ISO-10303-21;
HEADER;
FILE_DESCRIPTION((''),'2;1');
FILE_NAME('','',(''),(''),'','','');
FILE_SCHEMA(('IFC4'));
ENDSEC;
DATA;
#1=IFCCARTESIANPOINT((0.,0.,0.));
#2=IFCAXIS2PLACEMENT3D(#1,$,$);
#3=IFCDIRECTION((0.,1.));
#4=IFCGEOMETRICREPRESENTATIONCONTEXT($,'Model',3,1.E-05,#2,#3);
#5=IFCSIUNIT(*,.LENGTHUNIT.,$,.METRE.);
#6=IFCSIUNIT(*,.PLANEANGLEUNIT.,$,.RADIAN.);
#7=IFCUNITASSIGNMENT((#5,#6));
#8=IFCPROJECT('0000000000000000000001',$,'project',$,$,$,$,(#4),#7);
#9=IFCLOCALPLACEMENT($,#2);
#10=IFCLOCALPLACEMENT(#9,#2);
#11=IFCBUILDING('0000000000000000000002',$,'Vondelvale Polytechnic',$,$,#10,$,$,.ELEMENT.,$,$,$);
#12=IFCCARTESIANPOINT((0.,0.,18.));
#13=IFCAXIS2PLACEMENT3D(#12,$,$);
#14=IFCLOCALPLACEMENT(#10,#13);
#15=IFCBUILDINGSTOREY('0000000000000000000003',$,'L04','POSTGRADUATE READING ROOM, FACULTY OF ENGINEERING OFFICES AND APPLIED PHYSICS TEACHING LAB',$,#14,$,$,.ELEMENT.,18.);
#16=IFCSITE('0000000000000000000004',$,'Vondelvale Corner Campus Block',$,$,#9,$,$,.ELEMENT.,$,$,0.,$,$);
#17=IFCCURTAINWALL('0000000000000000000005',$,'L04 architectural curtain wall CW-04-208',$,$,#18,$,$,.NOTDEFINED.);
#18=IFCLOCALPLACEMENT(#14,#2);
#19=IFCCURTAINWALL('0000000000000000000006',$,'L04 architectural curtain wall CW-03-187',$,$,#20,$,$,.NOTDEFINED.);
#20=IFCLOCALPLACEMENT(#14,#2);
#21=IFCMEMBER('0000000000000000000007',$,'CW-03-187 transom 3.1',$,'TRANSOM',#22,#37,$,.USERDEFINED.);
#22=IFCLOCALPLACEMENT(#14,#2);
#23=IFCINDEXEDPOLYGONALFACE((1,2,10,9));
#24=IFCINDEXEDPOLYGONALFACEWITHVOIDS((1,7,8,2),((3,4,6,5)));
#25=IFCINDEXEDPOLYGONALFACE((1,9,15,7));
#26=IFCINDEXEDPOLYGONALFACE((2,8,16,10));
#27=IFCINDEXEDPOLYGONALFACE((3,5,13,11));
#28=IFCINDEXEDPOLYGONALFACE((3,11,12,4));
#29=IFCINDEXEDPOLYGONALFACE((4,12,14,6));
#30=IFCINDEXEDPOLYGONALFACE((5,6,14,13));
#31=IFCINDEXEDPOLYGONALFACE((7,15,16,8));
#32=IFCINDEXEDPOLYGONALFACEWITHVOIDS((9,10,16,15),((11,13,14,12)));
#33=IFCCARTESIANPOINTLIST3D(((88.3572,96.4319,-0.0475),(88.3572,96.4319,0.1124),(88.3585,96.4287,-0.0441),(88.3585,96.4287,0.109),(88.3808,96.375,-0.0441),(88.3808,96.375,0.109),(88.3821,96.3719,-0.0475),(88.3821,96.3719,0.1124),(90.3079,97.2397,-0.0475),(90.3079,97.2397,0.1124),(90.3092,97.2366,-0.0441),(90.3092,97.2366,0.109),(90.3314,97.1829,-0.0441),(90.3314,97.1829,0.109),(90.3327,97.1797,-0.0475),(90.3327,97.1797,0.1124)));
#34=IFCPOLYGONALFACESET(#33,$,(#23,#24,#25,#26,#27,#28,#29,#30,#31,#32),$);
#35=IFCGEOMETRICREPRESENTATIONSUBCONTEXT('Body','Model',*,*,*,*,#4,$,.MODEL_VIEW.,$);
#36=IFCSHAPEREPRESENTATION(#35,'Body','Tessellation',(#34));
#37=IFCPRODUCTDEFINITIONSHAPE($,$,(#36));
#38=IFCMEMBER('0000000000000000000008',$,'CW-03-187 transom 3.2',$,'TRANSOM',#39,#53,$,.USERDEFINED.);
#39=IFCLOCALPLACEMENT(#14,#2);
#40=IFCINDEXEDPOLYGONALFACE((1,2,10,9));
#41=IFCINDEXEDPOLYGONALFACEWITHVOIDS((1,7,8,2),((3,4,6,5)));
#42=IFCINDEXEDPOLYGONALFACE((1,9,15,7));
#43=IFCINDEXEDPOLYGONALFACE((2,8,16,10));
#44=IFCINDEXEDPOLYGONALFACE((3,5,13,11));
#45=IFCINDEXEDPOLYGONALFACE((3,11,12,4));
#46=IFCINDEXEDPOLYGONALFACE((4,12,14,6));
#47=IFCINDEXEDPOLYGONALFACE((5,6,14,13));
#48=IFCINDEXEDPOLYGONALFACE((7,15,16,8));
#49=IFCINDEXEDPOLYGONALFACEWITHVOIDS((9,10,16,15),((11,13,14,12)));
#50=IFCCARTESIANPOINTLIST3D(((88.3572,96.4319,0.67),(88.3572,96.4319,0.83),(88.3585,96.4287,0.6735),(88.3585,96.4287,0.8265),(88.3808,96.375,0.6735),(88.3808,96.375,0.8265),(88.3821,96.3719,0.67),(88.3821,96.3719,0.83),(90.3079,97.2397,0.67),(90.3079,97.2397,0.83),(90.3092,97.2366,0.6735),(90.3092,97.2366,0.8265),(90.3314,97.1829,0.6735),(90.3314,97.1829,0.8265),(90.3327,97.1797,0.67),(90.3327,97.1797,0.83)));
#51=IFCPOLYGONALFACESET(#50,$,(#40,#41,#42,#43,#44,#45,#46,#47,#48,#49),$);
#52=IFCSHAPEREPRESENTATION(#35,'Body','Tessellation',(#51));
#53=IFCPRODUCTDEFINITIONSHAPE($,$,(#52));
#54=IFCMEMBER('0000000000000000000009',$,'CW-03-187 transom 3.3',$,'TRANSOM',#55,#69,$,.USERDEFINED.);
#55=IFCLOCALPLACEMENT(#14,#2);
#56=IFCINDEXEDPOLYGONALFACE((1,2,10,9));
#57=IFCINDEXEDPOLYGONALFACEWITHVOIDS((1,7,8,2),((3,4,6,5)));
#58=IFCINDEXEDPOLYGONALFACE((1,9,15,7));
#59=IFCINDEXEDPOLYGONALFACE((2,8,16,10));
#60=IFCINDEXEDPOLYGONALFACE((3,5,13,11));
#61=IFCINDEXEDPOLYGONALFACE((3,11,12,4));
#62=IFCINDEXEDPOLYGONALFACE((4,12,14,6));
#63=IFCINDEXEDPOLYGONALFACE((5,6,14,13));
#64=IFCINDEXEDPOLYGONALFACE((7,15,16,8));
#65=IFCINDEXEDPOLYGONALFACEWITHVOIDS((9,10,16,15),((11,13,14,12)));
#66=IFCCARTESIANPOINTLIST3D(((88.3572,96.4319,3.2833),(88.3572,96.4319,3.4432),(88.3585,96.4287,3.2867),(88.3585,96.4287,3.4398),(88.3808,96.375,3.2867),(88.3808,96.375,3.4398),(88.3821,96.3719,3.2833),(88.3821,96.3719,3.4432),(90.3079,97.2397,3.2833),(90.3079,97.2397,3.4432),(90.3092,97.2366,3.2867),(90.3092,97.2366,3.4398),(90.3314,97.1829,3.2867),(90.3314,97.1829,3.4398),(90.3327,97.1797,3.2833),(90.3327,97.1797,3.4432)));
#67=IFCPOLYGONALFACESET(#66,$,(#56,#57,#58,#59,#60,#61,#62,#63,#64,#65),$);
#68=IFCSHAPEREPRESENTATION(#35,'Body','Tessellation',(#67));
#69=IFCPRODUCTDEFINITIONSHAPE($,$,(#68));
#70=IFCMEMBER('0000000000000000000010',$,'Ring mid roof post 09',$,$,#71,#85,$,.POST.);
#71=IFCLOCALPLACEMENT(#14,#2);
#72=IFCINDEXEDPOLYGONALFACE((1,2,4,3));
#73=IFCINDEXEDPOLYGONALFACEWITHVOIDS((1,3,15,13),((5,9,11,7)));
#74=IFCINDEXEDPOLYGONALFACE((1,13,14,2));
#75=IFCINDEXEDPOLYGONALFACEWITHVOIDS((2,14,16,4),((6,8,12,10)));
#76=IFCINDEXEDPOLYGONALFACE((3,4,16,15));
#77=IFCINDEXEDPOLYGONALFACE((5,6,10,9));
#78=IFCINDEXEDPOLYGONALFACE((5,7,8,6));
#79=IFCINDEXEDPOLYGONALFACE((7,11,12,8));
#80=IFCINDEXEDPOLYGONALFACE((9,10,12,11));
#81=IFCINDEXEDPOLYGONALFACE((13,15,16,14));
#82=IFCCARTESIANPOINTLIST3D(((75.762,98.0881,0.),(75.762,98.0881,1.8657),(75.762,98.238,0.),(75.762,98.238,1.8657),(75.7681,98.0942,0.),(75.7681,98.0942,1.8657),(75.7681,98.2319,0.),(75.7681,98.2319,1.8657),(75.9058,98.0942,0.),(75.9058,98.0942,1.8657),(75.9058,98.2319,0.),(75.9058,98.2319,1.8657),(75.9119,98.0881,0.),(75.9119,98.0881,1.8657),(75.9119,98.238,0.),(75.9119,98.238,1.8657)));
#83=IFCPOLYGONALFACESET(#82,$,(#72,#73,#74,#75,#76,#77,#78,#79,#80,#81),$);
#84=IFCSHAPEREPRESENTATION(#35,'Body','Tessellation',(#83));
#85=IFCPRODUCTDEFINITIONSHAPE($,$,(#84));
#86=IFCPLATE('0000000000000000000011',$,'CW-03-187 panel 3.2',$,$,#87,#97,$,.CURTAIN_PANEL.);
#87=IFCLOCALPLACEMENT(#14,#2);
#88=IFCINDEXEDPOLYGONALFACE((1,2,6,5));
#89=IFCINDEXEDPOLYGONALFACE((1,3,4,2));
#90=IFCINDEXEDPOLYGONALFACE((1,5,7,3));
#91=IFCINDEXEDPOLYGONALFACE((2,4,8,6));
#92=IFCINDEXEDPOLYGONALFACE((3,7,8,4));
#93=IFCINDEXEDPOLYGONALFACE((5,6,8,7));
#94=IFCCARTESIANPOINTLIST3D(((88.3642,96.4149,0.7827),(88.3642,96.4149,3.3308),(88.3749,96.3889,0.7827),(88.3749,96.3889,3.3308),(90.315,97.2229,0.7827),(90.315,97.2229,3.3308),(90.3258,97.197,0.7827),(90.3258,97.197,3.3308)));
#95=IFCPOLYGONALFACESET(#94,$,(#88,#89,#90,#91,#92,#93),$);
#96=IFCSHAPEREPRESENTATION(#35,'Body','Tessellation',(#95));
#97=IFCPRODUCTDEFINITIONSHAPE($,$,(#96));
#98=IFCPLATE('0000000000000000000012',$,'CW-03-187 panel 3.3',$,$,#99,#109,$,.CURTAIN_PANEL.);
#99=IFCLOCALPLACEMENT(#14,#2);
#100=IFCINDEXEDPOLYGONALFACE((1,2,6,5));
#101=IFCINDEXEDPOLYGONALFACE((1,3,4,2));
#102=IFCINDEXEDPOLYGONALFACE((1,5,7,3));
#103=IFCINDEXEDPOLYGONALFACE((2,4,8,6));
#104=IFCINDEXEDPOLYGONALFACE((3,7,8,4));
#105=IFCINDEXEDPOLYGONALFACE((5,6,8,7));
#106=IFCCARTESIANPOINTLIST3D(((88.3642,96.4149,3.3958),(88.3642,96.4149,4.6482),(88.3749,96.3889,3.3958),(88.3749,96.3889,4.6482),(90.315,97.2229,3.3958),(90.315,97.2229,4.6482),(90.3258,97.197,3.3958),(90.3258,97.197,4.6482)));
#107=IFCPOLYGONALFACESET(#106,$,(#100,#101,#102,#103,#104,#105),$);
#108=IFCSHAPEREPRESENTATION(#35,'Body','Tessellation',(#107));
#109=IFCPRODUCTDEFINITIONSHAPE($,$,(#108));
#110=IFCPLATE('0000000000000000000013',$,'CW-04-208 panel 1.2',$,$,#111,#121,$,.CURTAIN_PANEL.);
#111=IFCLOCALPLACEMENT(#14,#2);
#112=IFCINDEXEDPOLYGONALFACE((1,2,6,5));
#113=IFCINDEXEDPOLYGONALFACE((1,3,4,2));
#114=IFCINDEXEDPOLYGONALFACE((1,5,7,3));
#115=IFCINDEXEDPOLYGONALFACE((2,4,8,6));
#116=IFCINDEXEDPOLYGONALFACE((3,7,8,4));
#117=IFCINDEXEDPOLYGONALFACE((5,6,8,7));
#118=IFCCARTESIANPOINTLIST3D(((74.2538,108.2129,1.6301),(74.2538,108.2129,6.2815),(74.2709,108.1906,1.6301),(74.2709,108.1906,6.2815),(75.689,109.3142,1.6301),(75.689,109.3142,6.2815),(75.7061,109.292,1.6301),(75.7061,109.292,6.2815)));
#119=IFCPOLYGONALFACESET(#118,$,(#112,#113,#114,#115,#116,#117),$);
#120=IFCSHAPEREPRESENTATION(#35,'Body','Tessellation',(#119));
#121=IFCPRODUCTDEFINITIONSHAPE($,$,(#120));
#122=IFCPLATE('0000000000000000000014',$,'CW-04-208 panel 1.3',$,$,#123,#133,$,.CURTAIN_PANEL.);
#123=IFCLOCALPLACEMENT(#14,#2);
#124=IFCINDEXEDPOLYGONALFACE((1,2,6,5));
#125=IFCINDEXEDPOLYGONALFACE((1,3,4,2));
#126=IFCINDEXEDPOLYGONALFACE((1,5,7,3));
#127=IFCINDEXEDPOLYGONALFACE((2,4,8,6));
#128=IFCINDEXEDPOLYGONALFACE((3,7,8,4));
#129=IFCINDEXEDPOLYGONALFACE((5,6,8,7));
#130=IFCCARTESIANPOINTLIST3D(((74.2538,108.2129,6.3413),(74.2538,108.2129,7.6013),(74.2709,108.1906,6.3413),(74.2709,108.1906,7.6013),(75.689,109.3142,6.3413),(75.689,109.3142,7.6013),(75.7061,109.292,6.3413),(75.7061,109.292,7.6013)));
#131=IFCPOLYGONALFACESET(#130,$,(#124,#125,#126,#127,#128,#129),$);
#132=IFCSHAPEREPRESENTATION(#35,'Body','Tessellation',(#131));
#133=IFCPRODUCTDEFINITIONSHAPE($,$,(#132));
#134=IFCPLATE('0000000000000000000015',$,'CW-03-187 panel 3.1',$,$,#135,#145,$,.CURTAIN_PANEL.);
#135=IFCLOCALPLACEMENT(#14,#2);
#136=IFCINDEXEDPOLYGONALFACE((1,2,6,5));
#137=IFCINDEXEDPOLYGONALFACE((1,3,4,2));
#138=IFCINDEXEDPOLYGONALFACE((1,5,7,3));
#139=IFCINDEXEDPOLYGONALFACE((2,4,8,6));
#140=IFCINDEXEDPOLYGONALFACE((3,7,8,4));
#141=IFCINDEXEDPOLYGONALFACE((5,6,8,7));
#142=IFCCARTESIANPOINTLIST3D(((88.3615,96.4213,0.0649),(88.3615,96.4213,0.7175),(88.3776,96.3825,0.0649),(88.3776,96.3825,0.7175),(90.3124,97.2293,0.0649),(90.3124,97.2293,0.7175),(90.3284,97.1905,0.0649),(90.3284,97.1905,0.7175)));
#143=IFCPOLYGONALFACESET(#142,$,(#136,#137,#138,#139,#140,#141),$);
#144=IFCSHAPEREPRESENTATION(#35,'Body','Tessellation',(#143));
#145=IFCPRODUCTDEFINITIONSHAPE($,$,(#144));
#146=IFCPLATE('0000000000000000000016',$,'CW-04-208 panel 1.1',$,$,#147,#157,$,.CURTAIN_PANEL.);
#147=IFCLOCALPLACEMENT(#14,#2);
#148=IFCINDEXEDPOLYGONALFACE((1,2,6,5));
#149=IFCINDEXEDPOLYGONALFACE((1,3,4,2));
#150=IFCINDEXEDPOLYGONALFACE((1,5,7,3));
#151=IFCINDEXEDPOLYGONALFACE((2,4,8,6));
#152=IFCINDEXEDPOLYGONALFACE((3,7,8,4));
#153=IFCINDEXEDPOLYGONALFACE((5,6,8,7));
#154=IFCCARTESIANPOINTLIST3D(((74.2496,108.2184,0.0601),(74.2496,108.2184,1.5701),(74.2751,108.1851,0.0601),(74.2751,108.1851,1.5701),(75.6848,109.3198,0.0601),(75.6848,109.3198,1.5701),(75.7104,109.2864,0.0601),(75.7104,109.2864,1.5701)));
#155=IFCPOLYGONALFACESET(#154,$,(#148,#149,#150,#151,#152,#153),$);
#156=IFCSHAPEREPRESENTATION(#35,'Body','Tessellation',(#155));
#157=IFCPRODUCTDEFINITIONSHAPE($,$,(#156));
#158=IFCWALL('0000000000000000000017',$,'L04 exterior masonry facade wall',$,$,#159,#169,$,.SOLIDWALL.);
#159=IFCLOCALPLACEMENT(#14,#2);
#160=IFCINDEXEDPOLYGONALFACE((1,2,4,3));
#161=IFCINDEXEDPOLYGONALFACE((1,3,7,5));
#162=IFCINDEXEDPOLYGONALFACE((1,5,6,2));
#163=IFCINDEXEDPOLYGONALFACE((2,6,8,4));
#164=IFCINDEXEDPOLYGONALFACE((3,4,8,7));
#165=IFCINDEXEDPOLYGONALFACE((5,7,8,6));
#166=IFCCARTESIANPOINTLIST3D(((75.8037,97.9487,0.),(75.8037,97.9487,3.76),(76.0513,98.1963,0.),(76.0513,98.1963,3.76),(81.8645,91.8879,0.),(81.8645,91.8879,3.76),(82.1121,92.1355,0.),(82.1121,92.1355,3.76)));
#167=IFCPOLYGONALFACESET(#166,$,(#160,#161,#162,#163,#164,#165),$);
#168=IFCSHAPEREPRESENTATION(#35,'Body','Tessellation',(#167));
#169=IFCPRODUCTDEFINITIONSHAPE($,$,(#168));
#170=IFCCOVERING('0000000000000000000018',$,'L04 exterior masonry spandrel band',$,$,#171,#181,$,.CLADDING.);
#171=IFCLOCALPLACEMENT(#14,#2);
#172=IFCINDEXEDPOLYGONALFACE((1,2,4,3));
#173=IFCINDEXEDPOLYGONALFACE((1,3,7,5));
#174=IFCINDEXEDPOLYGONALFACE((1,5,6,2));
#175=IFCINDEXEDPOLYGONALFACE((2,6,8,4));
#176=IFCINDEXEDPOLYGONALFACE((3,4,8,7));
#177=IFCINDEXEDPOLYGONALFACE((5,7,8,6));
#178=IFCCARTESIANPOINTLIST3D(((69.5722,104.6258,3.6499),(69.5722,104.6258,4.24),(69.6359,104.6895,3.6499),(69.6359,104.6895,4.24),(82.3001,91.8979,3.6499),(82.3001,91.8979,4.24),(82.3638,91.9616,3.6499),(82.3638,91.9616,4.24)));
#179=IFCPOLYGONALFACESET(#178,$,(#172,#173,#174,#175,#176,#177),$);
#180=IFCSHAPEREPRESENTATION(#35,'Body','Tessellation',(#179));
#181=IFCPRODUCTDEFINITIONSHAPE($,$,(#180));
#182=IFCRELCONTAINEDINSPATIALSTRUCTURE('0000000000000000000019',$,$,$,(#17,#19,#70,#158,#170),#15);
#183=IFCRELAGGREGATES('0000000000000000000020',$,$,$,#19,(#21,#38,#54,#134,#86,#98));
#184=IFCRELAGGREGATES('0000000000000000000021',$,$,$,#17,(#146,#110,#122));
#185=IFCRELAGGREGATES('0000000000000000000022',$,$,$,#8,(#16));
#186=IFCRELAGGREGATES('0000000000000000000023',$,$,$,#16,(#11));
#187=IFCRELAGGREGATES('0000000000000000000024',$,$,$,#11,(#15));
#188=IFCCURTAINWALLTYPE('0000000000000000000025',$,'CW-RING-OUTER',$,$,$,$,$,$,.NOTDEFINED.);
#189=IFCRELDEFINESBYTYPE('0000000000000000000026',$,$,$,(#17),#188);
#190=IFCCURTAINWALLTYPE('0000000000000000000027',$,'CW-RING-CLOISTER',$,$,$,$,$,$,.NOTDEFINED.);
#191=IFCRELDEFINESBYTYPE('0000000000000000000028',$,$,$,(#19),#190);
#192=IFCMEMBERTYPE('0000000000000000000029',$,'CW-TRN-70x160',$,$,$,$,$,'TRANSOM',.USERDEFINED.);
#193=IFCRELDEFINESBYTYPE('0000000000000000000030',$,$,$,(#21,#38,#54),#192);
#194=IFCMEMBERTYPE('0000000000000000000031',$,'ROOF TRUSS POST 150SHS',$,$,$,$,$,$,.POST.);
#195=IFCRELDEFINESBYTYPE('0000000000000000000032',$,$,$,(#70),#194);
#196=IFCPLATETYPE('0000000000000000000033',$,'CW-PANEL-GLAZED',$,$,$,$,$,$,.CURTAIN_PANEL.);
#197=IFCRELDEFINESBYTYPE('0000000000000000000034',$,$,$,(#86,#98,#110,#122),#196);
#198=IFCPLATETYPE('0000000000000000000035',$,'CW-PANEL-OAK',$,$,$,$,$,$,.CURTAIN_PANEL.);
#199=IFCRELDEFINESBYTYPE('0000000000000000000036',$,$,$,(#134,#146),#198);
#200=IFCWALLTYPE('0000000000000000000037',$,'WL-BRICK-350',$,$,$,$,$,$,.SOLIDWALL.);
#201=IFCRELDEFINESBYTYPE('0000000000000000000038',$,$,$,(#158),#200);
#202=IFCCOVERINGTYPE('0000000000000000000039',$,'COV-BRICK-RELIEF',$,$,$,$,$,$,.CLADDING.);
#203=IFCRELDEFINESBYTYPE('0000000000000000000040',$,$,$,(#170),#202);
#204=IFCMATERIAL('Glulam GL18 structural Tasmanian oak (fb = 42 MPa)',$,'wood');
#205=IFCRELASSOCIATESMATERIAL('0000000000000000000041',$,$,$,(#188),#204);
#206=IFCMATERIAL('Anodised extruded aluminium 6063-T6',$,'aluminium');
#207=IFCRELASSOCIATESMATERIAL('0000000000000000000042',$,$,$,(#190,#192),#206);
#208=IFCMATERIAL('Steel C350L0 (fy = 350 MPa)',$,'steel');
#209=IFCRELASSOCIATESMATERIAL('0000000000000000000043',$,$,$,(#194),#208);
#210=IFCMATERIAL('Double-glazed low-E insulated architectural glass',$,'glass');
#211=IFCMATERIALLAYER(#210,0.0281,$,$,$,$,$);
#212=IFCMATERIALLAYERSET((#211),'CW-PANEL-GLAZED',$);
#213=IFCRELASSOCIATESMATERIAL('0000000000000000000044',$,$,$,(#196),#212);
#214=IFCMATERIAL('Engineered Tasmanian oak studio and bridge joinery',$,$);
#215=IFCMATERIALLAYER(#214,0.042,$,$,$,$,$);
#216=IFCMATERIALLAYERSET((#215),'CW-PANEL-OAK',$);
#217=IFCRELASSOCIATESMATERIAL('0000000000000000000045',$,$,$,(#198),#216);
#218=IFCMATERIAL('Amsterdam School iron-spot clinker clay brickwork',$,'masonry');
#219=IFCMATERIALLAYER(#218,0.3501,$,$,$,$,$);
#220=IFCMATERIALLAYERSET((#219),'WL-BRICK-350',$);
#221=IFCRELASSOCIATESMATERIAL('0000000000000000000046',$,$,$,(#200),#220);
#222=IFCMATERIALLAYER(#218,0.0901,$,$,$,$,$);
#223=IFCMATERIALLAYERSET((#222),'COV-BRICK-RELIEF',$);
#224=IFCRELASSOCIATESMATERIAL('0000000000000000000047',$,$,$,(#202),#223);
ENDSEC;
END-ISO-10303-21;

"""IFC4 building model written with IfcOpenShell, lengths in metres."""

from ifc_helpers import new_model, si_unit, direction, frame, frame_2d, origin, origin_2d, place, context, subcontext, project, spatial, rectangle, hollow_rectangle, extrude, material, layer, layer_set, material_profile, profile_set, type_object, element, aggregate, save


model = new_model("IFC4")

# Units and contexts
model_context = context("Model", 3, precision=1e-05, world=origin(), true_north=direction((0.0, 1.0)))
body_context = subcontext(model_context, "Body", "Model", "MODEL_VIEW")
ifc_project = project(units=[si_unit("LENGTHUNIT", "METRE"), si_unit("PLANEANGLEUNIT", "RADIAN")], contexts=[model_context])

# Site, building, storey
site_placement = place(None, origin())
site = spatial("IfcSite", under=ifc_project, at=site_placement, Name="Vondelvale Corner Campus Block", CompositionType="ELEMENT", RefElevation=0.0)
building_placement = place(site_placement, origin())
building = spatial("IfcBuilding", under=site, at=building_placement, Name="Vondelvale Polytechnic", CompositionType="ELEMENT")
storey_placement = place(building_placement, frame((0.0, 0.0, 18.0)))
storey = spatial("IfcBuildingStorey", under=building, at=storey_placement, Name="L04", Description="POSTGRADUATE READING ROOM, FACULTY OF ENGINEERING OFFICES AND APPLIED PHYSICS TEACHING LAB", CompositionType="ELEMENT", Elevation=18.0)

# Shared definitions
ifc_material_1 = material(Name="Glulam GL18 structural Tasmanian oak (fb = 42 MPa)", Category="wood")

# Curtain walls
curtain_wall_type_1 = type_object("IfcCurtainWallType", Name="CW-RING-OUTER", PredefinedType="NOTDEFINED", material=ifc_material_1)
ifc_material_2 = material(Name="Anodised extruded aluminium 6063-T6", Category="aluminium")
curtain_wall_1_placement = place(storey_placement, origin())
curtain_wall_1 = element("IfcCurtainWall", 1, at=curtain_wall_1_placement, inside=storey, type_object=curtain_wall_type_1, Name="L04 architectural curtain wall CW-04-208", PredefinedType="NOTDEFINED")
curtain_wall_type_2 = type_object("IfcCurtainWallType", Name="CW-RING-CLOISTER", PredefinedType="NOTDEFINED", material=ifc_material_2)
curtain_wall_2_placement = place(storey_placement, origin())
curtain_wall_2 = element("IfcCurtainWall", 2, at=curtain_wall_2_placement, inside=storey, type_object=curtain_wall_type_2, Name="L04 architectural curtain wall CW-03-187", PredefinedType="NOTDEFINED")

# Members
ifc_material_profile_1 = material_profile(ifc_material_2, hollow_rectangle(XDim=0.0649, YDim=0.1599, WallThickness=0.0034, at=origin_2d()), Name="CW-TRN-160x65")
ifc_profile_set_1 = profile_set([ifc_material_profile_1], Name="Anodised extruded aluminium 6063-T6")
member_type_1 = type_object("IfcMemberType", Name="CW-TRN-70x160", ElementType="TRANSOM", PredefinedType="USERDEFINED", material=ifc_profile_set_1)
member_1_placement = place(storey_placement, frame((90.3203, 97.2097, 0.0325), z_axis=(-0.923903, -0.382628, 0.0), x_axis=(0.382628, -0.923903, 0.0)))
member_1 = element("IfcMember", 3, at=member_1_placement, type_object=member_type_1, Name="CW-03-187 transom 3.1", ObjectType="TRANSOM", PredefinedType="USERDEFINED", context=body_context, shape_type="SweptSolid", body=[
    extrude(hollow_rectangle(XDim=0.0649, YDim=0.1599, WallThickness=0.0034, at=origin_2d()), origin(), (0.0, 0.0, 1.0), 2.1113),
])
member_2_placement = place(storey_placement, frame((90.3203, 97.2097, 0.75), z_axis=(-0.923903, -0.382628, 0.0), x_axis=(0.382628, -0.923903, 0.0)))
member_2 = element("IfcMember", 4, at=member_2_placement, type_object=member_type_1, Name="CW-03-187 transom 3.2", ObjectType="TRANSOM", PredefinedType="USERDEFINED", context=body_context, shape_type="SweptSolid", body=[
    extrude(hollow_rectangle(XDim=0.0649, YDim=0.1599, WallThickness=0.0034, at=origin_2d()), origin(), (0.0, 0.0, 1.0), 2.1113),
])
member_3_placement = place(storey_placement, frame((90.3203, 97.2097, 3.3633), z_axis=(-0.923903, -0.382628, 0.0), x_axis=(0.382628, -0.923903, 0.0)))
member_3 = element("IfcMember", 5, at=member_3_placement, type_object=member_type_1, Name="CW-03-187 transom 3.3", ObjectType="TRANSOM", PredefinedType="USERDEFINED", context=body_context, shape_type="SweptSolid", body=[
    extrude(hollow_rectangle(XDim=0.0649, YDim=0.1599, WallThickness=0.0034, at=origin_2d()), origin(), (0.0, 0.0, 1.0), 2.1113),
])
ifc_material_3 = material(Name="Steel C350L0 (fy = 350 MPa)", Category="steel")
ifc_material_profile_2 = material_profile(ifc_material_3, hollow_rectangle(XDim=0.1499, YDim=0.1499, WallThickness=0.0061, at=origin_2d()), Name="150x150x6.0SHS")
ifc_profile_set_2 = profile_set([ifc_material_profile_2], Name="Steel C350L0 (fy = 350 MPa)")
member_type_2 = type_object("IfcMemberType", Name="ROOF TRUSS POST 150SHS", PredefinedType="POST", material=ifc_profile_set_2)
member_4_placement = place(storey_placement, frame((75.8369, 98.1631, 0.0), z_axis=(0.0, 0.0, 1.0), x_axis=(1.0, 0.0, 0.0)))
element("IfcMember", 6, at=member_4_placement, inside=storey, type_object=member_type_2, Name="Ring mid roof post 09", PredefinedType="POST", context=body_context, shape_type="SweptSolid", body=[
    extrude(hollow_rectangle(XDim=0.1499, YDim=0.1499, WallThickness=0.0061, at=origin_2d()), origin(), (0.0, 0.0, 1.0), 1.8657),
])

# Plates
ifc_material_4 = material(Name="Double-glazed low-E insulated architectural glass", Category="glass")
ifc_layer_1 = layer(ifc_material_4, 0.0281)
ifc_layer_set_1 = layer_set([ifc_layer_1], Name="CW-PANEL-GLAZED")
plate_type_1 = type_object("IfcPlateType", Name="CW-PANEL-GLAZED", PredefinedType="CURTAIN_PANEL", material=ifc_layer_set_1)
plate_1_placement = place(storey_placement, frame((89.345, 96.8059, 0.7827), z_axis=(0.0, 0.0, 1.0), x_axis=(-0.923882, -0.382679, 0.0)))
plate_1 = element("IfcPlate", 7, at=plate_1_placement, type_object=plate_type_1, Name="CW-03-187 panel 3.2", PredefinedType="CURTAIN_PANEL", context=body_context, shape_type="SweptSolid", body=[
    extrude(rectangle(XDim=2.1116, YDim=0.0281, at=origin_2d()), origin(), (0.0, 0.0, 1.0), 2.5481),
])
plate_2_placement = place(storey_placement, frame((89.345, 96.8059, 3.3958), z_axis=(0.0, 0.0, 1.0), x_axis=(-0.923882, -0.382679, 0.0)))
plate_2 = element("IfcPlate", 8, at=plate_2_placement, type_object=plate_type_1, Name="CW-03-187 panel 3.3", PredefinedType="CURTAIN_PANEL", context=body_context, shape_type="SweptSolid", body=[
    extrude(rectangle(XDim=2.1116, YDim=0.0281, at=origin_2d()), origin(), (0.0, 0.0, 1.0), 1.2524),
])
plate_3_placement = place(storey_placement, frame((74.98, 108.7524, 1.6301), z_axis=(0.0, 0.0, 1.0), x_axis=(-0.793346, -0.608771, 0.0)))
plate_3 = element("IfcPlate", 9, at=plate_3_placement, type_object=plate_type_1, Name="CW-04-208 panel 1.2", PredefinedType="CURTAIN_PANEL", context=body_context, shape_type="SweptSolid", body=[
    extrude(rectangle(XDim=1.8091, YDim=0.0281, at=origin_2d()), origin(), (0.0, 0.0, 1.0), 4.6514),
])
plate_4_placement = place(storey_placement, frame((74.98, 108.7524, 6.3413), z_axis=(0.0, 0.0, 1.0), x_axis=(-0.793346, -0.608771, 0.0)))
plate_4 = element("IfcPlate", 10, at=plate_4_placement, type_object=plate_type_1, Name="CW-04-208 panel 1.3", PredefinedType="CURTAIN_PANEL", context=body_context, shape_type="SweptSolid", body=[
    extrude(rectangle(XDim=1.8091, YDim=0.0281, at=origin_2d()), origin(), (0.0, 0.0, 1.0), 1.26),
])
ifc_material_5 = material(Name="Engineered Tasmanian oak studio and bridge joinery")
ifc_layer_2 = layer(ifc_material_5, 0.042)
ifc_layer_set_2 = layer_set([ifc_layer_2], Name="CW-PANEL-OAK")
plate_type_2 = type_object("IfcPlateType", Name="CW-PANEL-OAK", PredefinedType="CURTAIN_PANEL", material=ifc_layer_set_2)
plate_5_placement = place(storey_placement, frame((89.345, 96.8059, 0.0649), z_axis=(0.0, 0.0, 1.0), x_axis=(-0.923882, -0.382679, 0.0)))
plate_5 = element("IfcPlate", 11, at=plate_5_placement, type_object=plate_type_2, Name="CW-03-187 panel 3.1", PredefinedType="CURTAIN_PANEL", context=body_context, shape_type="SweptSolid", body=[
    extrude(rectangle(XDim=2.1116, YDim=0.042, at=origin_2d()), origin(), (0.0, 0.0, 1.0), 0.6526),
])
aggregate(curtain_wall_2, [member_1, member_2, member_3, plate_5, plate_1, plate_2])
plate_6_placement = place(storey_placement, frame((74.98, 108.7524, 0.0601), z_axis=(0.0, 0.0, 1.0), x_axis=(-0.793346, -0.608771, 0.0)))
plate_6 = element("IfcPlate", 12, at=plate_6_placement, type_object=plate_type_2, Name="CW-04-208 panel 1.1", PredefinedType="CURTAIN_PANEL", context=body_context, shape_type="SweptSolid", body=[
    extrude(rectangle(XDim=1.8091, YDim=0.042, at=origin_2d()), origin(), (0.0, 0.0, 1.0), 1.51),
])
aggregate(curtain_wall_1, [plate_6, plate_3, plate_4])

# Wall
ifc_material_6 = material(Name="Amsterdam School iron-spot clinker clay brickwork", Category="masonry")
ifc_layer_3 = layer(ifc_material_6, 0.3501)
ifc_layer_set_3 = layer_set([ifc_layer_3], Name="WL-BRICK-350")
wall_type = type_object("IfcWallType", Name="WL-BRICK-350", PredefinedType="SOLIDWALL", material=ifc_layer_set_3)
wall_placement = place(storey_placement, frame((75.9275, 98.0725, 0.0), z_axis=(0.0, 0.0, 1.0), x_axis=(0.707107, -0.707107, 0.0)))
element("IfcWall", 13, at=wall_placement, inside=storey, type_object=wall_type, Name="L04 exterior masonry facade wall", PredefinedType="SOLIDWALL", context=body_context, shape_type="SweptSolid", body=[
    extrude(rectangle(XDim=8.5713, YDim=0.3501, at=frame_2d((4.2856, 0.0))), origin(), (0.0, 0.0, 1.0), 3.76),
])

# Covering
ifc_layer_4 = layer(ifc_material_6, 0.0901)
ifc_layer_set_4 = layer_set([ifc_layer_4], Name="COV-BRICK-RELIEF")
covering_type = type_object("IfcCoveringType", Name="COV-BRICK-RELIEF", PredefinedType="CLADDING", material=ifc_layer_set_4)
covering_placement = place(storey_placement, frame((75.968, 98.2937, 3.6499), z_axis=(0.0, 0.0, 1.0), x_axis=(-0.707107, 0.707107, 0.0)))
element("IfcCovering", 14, at=covering_placement, inside=storey, type_object=covering_type, Name="L04 exterior masonry spandrel band", PredefinedType="CLADDING", context=body_context, shape_type="SweptSolid", body=[
    extrude(rectangle(XDim=18.0, YDim=0.0901, at=origin_2d()), origin(), (0.0, 0.0, 1.0), 0.5901),
])

save(model, "model.ifc")
